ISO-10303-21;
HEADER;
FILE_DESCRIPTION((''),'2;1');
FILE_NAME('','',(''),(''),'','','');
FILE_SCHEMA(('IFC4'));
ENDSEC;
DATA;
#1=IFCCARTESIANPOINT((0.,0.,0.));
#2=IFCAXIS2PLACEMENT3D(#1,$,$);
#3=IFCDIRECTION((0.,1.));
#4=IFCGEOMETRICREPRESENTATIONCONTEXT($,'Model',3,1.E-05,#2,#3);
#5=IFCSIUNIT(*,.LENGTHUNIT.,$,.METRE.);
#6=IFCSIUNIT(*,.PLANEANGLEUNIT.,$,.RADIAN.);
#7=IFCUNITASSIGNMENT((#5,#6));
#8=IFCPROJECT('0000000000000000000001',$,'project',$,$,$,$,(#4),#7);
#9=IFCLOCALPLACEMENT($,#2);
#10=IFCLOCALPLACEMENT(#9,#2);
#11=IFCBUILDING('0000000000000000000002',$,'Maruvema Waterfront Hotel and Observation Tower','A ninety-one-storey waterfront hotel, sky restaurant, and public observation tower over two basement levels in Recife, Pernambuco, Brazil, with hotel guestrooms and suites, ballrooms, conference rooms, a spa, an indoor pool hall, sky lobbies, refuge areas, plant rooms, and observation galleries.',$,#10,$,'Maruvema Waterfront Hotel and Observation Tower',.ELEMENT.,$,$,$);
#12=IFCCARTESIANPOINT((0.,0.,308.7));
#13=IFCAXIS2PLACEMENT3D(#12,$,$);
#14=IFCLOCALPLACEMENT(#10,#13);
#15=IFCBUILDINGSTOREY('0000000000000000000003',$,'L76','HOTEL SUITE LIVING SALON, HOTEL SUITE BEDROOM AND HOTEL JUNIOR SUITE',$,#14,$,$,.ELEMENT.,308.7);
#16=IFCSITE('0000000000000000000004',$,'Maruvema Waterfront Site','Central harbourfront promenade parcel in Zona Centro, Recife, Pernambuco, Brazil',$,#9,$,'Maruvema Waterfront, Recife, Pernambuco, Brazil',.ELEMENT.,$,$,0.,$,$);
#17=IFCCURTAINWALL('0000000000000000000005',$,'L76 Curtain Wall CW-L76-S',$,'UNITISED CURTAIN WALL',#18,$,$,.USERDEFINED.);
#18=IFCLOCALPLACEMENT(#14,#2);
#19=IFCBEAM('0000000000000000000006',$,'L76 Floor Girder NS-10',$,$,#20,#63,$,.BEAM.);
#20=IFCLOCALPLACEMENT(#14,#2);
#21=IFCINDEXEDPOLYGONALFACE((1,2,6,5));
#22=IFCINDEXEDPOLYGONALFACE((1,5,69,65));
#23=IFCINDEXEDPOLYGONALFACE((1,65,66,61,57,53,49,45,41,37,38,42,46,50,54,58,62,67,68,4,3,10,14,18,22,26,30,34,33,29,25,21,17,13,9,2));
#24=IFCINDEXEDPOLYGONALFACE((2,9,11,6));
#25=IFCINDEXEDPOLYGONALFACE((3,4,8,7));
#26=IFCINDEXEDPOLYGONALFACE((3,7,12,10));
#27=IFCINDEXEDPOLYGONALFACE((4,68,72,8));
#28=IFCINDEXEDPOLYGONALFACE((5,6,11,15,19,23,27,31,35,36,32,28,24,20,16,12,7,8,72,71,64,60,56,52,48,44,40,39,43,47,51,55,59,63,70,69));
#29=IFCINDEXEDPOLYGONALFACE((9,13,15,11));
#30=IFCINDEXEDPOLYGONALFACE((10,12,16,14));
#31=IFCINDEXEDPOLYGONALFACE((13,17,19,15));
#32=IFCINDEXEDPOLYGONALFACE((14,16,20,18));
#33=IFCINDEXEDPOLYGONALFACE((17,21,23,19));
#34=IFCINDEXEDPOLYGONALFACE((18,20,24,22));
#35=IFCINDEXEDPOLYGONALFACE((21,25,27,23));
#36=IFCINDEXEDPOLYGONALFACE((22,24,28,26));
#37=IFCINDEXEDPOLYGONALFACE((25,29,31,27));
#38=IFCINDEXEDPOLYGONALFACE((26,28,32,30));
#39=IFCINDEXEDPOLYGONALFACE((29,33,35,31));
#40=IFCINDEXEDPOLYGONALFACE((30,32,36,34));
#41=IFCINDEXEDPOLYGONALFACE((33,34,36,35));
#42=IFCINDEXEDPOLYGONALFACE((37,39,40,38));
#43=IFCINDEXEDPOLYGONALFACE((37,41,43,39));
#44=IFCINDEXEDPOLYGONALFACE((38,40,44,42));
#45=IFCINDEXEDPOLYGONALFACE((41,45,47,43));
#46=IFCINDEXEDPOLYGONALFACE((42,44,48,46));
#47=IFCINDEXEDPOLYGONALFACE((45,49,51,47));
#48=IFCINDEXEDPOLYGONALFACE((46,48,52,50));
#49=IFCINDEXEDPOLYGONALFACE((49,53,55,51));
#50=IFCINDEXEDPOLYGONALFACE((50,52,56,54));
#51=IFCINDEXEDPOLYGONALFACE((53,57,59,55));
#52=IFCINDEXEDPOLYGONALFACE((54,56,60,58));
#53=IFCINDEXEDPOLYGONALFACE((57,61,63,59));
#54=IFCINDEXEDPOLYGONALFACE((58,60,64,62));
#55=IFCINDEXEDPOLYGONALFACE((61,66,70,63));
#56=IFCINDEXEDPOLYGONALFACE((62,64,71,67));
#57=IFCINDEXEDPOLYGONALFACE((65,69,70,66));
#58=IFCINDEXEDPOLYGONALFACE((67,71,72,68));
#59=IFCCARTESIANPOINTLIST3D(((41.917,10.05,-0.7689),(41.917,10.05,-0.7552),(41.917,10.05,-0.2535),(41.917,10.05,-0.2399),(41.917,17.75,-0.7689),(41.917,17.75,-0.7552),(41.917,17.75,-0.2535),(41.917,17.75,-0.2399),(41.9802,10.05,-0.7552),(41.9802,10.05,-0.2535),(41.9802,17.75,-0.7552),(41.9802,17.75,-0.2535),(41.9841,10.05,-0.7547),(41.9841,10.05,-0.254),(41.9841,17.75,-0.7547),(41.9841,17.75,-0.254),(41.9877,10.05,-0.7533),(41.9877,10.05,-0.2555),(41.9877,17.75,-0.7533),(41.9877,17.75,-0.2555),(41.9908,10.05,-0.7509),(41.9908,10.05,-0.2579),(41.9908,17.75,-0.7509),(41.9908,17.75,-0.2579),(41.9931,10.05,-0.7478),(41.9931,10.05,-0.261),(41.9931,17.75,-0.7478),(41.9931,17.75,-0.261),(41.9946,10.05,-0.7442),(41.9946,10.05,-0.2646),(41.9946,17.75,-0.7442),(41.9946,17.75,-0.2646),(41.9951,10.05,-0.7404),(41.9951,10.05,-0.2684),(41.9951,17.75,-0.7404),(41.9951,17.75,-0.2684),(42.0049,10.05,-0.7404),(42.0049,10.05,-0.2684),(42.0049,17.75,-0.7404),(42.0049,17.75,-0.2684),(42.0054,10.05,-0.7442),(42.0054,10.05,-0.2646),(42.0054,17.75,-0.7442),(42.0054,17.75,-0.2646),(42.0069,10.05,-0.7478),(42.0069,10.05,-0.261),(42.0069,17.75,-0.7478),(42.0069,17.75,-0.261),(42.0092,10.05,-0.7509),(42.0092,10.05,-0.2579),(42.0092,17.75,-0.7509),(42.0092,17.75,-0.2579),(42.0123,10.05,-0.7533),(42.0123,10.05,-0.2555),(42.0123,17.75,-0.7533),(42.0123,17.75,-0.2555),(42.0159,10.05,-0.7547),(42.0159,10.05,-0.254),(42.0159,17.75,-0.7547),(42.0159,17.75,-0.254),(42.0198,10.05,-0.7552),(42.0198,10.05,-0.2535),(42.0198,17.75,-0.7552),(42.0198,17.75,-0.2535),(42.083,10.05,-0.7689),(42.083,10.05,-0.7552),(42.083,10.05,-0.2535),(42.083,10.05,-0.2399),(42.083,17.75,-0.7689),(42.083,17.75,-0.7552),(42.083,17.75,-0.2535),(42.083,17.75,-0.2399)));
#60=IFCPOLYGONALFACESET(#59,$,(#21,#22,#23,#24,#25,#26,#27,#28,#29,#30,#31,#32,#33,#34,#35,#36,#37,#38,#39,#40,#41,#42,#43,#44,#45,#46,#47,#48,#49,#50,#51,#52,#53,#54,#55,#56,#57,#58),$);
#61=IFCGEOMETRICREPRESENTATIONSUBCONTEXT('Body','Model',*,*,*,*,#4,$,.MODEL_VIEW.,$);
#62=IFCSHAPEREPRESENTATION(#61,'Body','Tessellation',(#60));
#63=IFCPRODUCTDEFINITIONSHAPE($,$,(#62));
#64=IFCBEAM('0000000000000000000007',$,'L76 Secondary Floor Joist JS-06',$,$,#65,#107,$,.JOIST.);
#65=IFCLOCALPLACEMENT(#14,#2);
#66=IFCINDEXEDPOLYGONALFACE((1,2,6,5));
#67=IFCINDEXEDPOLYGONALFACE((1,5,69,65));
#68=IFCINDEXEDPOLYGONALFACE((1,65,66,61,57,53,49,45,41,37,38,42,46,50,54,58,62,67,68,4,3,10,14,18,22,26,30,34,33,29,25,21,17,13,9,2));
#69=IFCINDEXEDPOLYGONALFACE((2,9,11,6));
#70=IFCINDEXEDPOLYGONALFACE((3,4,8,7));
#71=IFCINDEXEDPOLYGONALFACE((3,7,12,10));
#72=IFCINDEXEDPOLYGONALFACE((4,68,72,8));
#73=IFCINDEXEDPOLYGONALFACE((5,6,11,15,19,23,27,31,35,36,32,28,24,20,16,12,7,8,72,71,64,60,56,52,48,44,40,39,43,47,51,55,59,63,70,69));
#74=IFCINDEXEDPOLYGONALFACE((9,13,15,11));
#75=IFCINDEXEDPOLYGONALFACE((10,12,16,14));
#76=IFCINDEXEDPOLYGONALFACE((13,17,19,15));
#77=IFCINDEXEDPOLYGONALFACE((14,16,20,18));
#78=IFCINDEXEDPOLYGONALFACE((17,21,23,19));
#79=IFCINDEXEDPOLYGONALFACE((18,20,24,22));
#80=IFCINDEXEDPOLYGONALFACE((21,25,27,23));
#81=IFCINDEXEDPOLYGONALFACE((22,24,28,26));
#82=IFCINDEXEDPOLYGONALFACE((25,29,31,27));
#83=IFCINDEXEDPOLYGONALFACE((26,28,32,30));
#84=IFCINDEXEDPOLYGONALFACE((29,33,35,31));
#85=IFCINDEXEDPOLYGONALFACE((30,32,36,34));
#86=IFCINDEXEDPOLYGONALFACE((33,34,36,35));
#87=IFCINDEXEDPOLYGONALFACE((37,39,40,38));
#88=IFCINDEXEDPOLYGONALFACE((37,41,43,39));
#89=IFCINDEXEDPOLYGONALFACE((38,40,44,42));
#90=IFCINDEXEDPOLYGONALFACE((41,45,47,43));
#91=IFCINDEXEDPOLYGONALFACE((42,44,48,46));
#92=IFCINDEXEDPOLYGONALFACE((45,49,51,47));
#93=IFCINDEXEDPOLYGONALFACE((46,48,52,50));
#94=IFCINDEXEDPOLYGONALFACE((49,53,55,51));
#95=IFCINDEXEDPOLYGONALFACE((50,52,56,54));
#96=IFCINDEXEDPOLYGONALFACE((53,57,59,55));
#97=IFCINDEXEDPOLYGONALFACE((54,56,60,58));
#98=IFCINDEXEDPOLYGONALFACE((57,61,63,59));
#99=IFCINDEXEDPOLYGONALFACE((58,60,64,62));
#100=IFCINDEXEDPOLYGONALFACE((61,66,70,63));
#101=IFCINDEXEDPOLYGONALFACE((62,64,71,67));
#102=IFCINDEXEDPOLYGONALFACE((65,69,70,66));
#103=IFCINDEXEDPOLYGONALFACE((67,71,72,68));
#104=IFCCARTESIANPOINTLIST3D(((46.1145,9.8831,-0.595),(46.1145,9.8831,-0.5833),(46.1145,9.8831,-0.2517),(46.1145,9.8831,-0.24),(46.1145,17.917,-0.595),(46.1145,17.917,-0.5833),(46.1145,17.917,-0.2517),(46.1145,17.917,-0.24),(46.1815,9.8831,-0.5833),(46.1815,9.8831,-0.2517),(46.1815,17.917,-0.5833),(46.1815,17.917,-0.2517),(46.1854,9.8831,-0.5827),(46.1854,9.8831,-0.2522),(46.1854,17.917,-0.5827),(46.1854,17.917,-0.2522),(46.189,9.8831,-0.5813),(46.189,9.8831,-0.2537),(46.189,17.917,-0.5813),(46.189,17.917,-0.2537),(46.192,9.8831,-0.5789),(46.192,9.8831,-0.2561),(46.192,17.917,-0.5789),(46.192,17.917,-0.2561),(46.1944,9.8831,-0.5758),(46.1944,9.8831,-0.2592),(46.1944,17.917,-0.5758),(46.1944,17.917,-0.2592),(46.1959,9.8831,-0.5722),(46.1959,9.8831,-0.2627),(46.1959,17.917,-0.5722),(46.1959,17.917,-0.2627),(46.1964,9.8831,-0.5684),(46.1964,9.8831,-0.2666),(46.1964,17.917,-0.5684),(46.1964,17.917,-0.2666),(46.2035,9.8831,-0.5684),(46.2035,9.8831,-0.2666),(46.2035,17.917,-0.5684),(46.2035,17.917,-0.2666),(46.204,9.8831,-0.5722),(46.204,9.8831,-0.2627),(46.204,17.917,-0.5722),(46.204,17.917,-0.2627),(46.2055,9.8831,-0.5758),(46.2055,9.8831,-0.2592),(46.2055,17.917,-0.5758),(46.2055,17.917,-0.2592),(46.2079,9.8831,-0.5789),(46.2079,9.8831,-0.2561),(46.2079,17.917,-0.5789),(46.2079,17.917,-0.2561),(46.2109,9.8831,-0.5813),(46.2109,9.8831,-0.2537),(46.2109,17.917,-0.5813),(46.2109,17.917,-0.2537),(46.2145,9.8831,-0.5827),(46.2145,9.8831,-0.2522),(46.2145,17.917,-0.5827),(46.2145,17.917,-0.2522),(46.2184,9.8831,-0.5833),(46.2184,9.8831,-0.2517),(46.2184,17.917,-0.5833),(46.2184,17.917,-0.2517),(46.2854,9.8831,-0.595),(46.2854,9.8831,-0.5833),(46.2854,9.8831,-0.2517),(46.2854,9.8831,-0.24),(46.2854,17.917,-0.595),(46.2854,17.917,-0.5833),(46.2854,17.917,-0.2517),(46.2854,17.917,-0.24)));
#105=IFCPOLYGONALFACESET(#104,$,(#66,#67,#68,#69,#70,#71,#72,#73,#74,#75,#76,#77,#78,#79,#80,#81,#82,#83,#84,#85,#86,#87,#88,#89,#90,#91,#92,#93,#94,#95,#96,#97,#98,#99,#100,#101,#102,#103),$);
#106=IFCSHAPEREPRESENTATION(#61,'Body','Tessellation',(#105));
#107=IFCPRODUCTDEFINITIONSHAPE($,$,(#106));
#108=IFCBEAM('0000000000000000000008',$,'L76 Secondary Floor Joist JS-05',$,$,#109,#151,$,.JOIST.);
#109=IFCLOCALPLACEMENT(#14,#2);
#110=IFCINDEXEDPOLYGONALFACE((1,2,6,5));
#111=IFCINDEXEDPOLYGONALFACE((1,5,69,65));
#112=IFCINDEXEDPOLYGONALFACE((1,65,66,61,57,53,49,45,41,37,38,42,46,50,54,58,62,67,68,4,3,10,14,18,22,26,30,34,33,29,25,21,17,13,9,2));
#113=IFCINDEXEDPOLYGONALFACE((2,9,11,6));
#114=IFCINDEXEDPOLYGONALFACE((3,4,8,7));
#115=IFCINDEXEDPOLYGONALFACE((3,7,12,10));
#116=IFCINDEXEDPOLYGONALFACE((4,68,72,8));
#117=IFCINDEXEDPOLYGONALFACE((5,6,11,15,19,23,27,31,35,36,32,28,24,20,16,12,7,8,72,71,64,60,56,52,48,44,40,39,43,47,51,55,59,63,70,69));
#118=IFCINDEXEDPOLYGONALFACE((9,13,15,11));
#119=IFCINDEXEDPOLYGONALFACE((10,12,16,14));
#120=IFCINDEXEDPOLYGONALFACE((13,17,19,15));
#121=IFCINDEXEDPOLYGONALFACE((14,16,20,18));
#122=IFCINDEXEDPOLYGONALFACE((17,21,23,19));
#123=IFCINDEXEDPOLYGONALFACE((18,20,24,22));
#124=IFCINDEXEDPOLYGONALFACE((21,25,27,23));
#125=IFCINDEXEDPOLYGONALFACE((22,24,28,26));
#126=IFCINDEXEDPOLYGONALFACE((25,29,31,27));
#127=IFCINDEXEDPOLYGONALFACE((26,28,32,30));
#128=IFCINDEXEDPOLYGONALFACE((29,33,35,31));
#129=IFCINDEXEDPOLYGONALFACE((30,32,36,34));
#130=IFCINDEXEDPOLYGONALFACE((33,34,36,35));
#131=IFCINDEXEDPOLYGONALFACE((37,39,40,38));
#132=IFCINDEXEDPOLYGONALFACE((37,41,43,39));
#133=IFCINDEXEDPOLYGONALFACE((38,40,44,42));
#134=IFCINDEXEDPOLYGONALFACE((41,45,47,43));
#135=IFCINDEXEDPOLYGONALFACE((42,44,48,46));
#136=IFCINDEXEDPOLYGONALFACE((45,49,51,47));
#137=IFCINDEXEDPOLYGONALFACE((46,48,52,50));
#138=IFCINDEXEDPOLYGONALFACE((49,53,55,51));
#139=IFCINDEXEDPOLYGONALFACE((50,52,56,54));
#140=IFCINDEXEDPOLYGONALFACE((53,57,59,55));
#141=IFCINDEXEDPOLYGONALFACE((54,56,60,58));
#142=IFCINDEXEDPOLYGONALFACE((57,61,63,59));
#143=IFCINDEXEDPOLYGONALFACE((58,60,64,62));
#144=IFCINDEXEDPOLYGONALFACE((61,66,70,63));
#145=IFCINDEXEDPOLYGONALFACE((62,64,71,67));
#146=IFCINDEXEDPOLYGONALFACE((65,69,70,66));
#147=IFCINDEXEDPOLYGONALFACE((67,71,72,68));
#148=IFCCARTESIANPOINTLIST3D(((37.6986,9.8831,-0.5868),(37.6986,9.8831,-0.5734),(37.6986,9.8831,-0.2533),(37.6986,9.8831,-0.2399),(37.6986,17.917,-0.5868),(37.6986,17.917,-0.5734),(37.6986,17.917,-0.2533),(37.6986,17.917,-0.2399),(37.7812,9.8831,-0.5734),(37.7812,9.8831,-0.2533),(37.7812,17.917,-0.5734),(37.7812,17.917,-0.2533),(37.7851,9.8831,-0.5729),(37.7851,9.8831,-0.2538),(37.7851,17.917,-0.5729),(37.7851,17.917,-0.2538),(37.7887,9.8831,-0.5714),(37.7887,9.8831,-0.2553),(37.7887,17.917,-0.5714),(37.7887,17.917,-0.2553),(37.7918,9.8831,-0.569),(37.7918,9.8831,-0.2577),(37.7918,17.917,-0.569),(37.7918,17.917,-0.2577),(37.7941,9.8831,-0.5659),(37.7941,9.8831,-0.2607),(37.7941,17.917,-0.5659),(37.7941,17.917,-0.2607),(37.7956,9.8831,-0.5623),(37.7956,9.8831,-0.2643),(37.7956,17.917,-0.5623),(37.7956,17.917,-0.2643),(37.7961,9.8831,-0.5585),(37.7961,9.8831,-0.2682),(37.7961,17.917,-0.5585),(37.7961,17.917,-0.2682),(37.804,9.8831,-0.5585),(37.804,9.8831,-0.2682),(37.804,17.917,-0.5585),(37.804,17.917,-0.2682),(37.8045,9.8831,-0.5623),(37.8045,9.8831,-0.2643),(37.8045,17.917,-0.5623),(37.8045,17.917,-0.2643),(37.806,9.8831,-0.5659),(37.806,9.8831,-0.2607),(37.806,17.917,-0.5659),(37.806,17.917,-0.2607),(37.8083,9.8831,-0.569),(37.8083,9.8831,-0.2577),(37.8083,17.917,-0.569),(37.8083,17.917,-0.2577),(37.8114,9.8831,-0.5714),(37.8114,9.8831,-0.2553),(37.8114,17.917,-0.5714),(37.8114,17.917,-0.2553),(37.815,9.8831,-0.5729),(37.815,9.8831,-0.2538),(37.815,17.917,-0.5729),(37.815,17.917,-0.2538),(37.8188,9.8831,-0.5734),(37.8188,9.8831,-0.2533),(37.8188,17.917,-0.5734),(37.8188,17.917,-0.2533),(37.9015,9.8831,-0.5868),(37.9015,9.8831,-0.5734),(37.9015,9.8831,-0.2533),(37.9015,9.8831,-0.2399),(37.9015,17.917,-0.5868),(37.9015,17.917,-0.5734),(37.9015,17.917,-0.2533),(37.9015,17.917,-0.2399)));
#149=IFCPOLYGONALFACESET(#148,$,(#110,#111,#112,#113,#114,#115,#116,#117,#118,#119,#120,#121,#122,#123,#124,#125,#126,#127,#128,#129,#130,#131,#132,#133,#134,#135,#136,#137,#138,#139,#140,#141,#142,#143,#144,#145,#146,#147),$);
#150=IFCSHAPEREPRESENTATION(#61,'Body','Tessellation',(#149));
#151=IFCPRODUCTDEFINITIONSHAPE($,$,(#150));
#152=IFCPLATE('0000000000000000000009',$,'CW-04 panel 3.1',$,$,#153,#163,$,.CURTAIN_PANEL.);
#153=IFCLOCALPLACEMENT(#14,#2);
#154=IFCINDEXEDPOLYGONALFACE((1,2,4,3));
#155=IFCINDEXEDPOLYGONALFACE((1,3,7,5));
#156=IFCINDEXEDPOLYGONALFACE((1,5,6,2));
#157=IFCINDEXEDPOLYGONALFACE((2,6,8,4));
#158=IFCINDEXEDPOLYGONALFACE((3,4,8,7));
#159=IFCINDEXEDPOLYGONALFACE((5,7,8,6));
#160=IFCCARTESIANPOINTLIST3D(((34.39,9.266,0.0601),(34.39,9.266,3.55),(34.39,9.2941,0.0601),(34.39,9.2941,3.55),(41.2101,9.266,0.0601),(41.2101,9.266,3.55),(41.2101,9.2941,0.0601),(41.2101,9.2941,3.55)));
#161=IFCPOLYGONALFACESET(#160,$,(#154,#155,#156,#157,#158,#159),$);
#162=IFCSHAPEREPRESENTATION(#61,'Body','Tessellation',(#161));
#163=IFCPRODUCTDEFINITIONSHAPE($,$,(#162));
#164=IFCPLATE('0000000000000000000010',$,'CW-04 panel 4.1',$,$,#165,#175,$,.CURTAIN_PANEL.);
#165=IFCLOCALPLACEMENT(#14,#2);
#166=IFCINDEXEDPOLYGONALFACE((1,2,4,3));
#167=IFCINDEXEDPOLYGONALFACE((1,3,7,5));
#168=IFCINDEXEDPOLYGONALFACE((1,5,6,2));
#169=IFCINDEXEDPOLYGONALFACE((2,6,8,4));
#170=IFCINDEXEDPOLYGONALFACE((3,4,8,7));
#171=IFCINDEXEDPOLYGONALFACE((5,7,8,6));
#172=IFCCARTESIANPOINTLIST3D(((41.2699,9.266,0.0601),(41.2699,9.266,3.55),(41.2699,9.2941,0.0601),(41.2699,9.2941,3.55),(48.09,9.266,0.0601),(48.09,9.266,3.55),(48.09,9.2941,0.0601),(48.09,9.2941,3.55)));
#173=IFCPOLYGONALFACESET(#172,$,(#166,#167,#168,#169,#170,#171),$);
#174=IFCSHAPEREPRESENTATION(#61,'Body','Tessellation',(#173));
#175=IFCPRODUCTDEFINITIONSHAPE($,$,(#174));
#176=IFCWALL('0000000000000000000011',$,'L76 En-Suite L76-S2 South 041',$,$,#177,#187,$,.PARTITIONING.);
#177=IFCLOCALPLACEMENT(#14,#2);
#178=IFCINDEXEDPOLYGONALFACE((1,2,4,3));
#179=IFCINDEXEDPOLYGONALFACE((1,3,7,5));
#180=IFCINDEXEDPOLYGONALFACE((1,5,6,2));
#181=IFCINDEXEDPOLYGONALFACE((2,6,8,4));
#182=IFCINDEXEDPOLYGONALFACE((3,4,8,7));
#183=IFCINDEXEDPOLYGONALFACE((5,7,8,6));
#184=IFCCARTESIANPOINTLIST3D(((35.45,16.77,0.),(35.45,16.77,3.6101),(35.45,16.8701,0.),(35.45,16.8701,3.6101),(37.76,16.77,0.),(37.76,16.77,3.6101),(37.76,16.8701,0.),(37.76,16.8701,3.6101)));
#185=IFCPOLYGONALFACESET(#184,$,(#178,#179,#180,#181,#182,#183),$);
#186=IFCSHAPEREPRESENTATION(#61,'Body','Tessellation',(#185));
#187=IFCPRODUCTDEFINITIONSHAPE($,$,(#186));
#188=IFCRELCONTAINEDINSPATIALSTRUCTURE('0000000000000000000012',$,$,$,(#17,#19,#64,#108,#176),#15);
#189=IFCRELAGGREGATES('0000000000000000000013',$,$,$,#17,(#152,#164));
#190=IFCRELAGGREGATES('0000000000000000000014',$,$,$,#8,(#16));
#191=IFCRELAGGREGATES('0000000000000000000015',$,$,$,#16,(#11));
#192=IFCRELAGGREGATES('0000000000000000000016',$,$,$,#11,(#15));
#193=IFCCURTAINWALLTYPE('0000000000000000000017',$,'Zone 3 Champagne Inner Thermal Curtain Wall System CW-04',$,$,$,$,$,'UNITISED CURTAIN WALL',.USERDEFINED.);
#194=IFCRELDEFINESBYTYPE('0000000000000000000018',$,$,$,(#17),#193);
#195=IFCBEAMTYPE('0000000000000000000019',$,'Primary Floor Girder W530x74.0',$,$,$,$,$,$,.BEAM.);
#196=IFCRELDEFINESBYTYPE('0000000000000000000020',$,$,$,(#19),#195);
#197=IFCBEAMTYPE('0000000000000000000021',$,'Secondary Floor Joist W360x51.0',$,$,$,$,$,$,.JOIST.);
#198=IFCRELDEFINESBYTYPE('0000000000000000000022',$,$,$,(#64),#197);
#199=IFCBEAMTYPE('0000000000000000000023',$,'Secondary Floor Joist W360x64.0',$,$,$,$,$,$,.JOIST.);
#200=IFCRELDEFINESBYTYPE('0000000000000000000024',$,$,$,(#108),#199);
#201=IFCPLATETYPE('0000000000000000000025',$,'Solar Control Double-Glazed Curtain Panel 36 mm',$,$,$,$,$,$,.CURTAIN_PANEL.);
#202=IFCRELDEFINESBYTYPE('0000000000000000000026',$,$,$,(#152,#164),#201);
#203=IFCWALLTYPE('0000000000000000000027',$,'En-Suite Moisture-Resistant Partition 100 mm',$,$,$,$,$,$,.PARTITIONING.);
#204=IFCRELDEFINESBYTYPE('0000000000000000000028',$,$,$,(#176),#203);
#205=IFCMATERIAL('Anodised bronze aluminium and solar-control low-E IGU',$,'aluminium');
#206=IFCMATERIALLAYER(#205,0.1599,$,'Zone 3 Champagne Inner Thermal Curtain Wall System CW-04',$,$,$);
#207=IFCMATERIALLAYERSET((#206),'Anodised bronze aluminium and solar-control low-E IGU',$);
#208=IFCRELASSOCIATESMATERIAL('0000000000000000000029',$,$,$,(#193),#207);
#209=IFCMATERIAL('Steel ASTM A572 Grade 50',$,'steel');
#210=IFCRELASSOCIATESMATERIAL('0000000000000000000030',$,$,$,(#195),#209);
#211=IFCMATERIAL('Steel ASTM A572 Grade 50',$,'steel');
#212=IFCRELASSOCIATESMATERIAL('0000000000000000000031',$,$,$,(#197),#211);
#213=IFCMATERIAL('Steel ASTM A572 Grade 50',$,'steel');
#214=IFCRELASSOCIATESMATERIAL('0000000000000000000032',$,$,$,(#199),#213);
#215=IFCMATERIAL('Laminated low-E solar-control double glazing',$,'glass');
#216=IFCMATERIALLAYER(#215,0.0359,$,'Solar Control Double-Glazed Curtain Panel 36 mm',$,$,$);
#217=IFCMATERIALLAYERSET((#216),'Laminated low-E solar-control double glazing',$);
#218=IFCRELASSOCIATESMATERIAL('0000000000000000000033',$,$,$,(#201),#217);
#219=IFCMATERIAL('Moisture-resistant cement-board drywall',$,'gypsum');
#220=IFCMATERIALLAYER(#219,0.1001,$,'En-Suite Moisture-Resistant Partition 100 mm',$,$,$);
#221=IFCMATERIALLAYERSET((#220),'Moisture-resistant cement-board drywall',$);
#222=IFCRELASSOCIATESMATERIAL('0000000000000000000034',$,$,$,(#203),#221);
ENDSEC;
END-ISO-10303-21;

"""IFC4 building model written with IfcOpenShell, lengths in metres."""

from ifc_helpers import new_model, si_unit, direction, frame, frame_2d, origin, origin_2d, place, context, subcontext, project, spatial, rectangle, i_section, extrude, material, layer, layer_set, material_profile, profile_set, type_object, element, aggregate, save


model = new_model("IFC4")

# Units and contexts
model_context = context("Model", 3, precision=1e-05, world=origin(), true_north=direction((0.0, 1.0)))
body_context = subcontext(model_context, "Body", "Model", "MODEL_VIEW")
ifc_project = project(units=[si_unit("LENGTHUNIT", "METRE"), si_unit("PLANEANGLEUNIT", "RADIAN")], contexts=[model_context])

# Site, building, storey
site_placement = place(None, origin())
site = spatial("IfcSite", under=ifc_project, at=site_placement, Name="Maruvema Waterfront Site", Description="Central harbourfront promenade parcel in Zona Centro, Recife, Pernambuco, Brazil", LongName="Maruvema Waterfront, Recife, Pernambuco, Brazil", CompositionType="ELEMENT", RefElevation=0.0)
building_placement = place(site_placement, origin())
building = spatial("IfcBuilding", under=site, at=building_placement, Name="Maruvema Waterfront Hotel and Observation Tower", Description="A ninety-one-storey waterfront hotel, sky restaurant, and public observation tower over two basement levels in Recife, Pernambuco, Brazil, with hotel guestrooms and suites, ballrooms, conference rooms, a spa, an indoor pool hall, sky lobbies, refuge areas, plant rooms, and observation galleries.", LongName="Maruvema Waterfront Hotel and Observation Tower", CompositionType="ELEMENT")
storey_placement = place(building_placement, frame((0.0, 0.0, 308.7)))
storey = spatial("IfcBuildingStorey", under=building, at=storey_placement, Name="L76", Description="HOTEL SUITE LIVING SALON, HOTEL SUITE BEDROOM AND HOTEL JUNIOR SUITE", CompositionType="ELEMENT", Elevation=308.7)

# Curtain wall
ifc_material_1 = material(Name="Anodised bronze aluminium and solar-control low-E IGU", Category="aluminium")
ifc_layer_1 = layer(ifc_material_1, 0.1599, Name="Zone 3 Champagne Inner Thermal Curtain Wall System CW-04")
ifc_layer_set_1 = layer_set([ifc_layer_1], Name="Anodised bronze aluminium and solar-control low-E IGU")
curtain_wall_type = type_object("IfcCurtainWallType", Name="Zone 3 Champagne Inner Thermal Curtain Wall System CW-04", ElementType="UNITISED CURTAIN WALL", PredefinedType="USERDEFINED", material=ifc_layer_set_1)
curtain_wall_placement = place(storey_placement, origin())
curtain_wall = element("IfcCurtainWall", 1, at=curtain_wall_placement, inside=storey, type_object=curtain_wall_type, Name="L76 Curtain Wall CW-L76-S", ObjectType="UNITISED CURTAIN WALL", PredefinedType="USERDEFINED")

# Beams
ifc_material_2 = material(Name="Steel ASTM A572 Grade 50", Category="steel")
ifc_material_profile_1 = material_profile(ifc_material_2, i_section(OverallWidth=0.166, OverallDepth=0.5291, WebThickness=0.0098, FlangeThickness=0.0137, FilletRadius=0.0149, at=origin_2d()), Name="W530x74.0")
ifc_profile_set_1 = profile_set([ifc_material_profile_1], Name="Steel ASTM A572 Grade 50")
beam_type_1 = type_object("IfcBeamType", Name="Primary Floor Girder W530x74.0", PredefinedType="BEAM", material=ifc_profile_set_1)
beam_1_placement = place(storey_placement, frame((42.0, 10.05, -0.5044), z_axis=(0.0, 1.0, 0.0), x_axis=(-1.0, 0.0, 0.0)))
element("IfcBeam", 2, at=beam_1_placement, inside=storey, type_object=beam_type_1, Name="L76 Floor Girder NS-10", PredefinedType="BEAM", context=body_context, shape_type="SweptSolid", body=[
    extrude(i_section(OverallWidth=0.166, OverallDepth=0.5291, WebThickness=0.0098, FlangeThickness=0.0137, FilletRadius=0.0149, at=origin_2d()), origin(), (0.0, 0.0, 1.0), 7.7),
])
ifc_material_3 = material(Name="Steel ASTM A572 Grade 50", Category="steel")
ifc_material_profile_2 = material_profile(ifc_material_3, i_section(OverallWidth=0.1709, OverallDepth=0.355, WebThickness=0.0071, FlangeThickness=0.0117, FilletRadius=0.0149, at=origin_2d()), Name="W360x51.0")
ifc_profile_set_2 = profile_set([ifc_material_profile_2], Name="Steel ASTM A572 Grade 50")
beam_type_2 = type_object("IfcBeamType", Name="Secondary Floor Joist W360x51.0", PredefinedType="JOIST", material=ifc_profile_set_2)
beam_2_placement = place(storey_placement, frame((46.2, 9.8831, -0.4175), z_axis=(0.0, 1.0, 0.0), x_axis=(-1.0, 0.0, 0.0)))
element("IfcBeam", 3, at=beam_2_placement, inside=storey, type_object=beam_type_2, Name="L76 Secondary Floor Joist JS-06", PredefinedType="JOIST", context=body_context, shape_type="SweptSolid", body=[
    extrude(i_section(OverallWidth=0.1709, OverallDepth=0.355, WebThickness=0.0071, FlangeThickness=0.0117, FilletRadius=0.0149, at=origin_2d()), origin(), (0.0, 0.0, 1.0), 8.0339),
])
ifc_material_4 = material(Name="Steel ASTM A572 Grade 50", Category="steel")
ifc_material_profile_3 = material_profile(ifc_material_4, i_section(OverallWidth=0.2029, OverallDepth=0.3469, WebThickness=0.0078, FlangeThickness=0.0134, FilletRadius=0.0149, at=origin_2d()), Name="W360x64.0")
ifc_profile_set_3 = profile_set([ifc_material_profile_3], Name="Steel ASTM A572 Grade 50")
beam_type_3 = type_object("IfcBeamType", Name="Secondary Floor Joist W360x64.0", PredefinedType="JOIST", material=ifc_profile_set_3)
beam_3_placement = place(storey_placement, frame((37.8, 9.8831, -0.4133), z_axis=(0.0, 1.0, 0.0), x_axis=(-1.0, 0.0, 0.0)))
element("IfcBeam", 4, at=beam_3_placement, inside=storey, type_object=beam_type_3, Name="L76 Secondary Floor Joist JS-05", PredefinedType="JOIST", context=body_context, shape_type="SweptSolid", body=[
    extrude(i_section(OverallWidth=0.2029, OverallDepth=0.3469, WebThickness=0.0078, FlangeThickness=0.0134, FilletRadius=0.0149, at=origin_2d()), origin(), (0.0, 0.0, 1.0), 8.0339),
])

# Plates
ifc_material_5 = material(Name="Laminated low-E solar-control double glazing", Category="glass")
ifc_layer_2 = layer(ifc_material_5, 0.0359, Name="Solar Control Double-Glazed Curtain Panel 36 mm")
ifc_layer_set_2 = layer_set([ifc_layer_2], Name="Laminated low-E solar-control double glazing")
plate_type = type_object("IfcPlateType", Name="Solar Control Double-Glazed Curtain Panel 36 mm", PredefinedType="CURTAIN_PANEL", material=ifc_layer_set_2)
plate_1_placement = place(storey_placement, frame((37.8, 9.28, 0.0601), z_axis=(0.0, 0.0, 1.0), x_axis=(1.0, 0.0, 0.0)))
plate_1 = element("IfcPlate", 5, at=plate_1_placement, type_object=plate_type, Name="CW-04 panel 3.1", PredefinedType="CURTAIN_PANEL", context=body_context, shape_type="SweptSolid", body=[
    extrude(rectangle(XDim=6.8201, YDim=0.0281, at=origin_2d()), origin(), (0.0, 0.0, 1.0), 3.49),
])
plate_2_placement = place(storey_placement, frame((44.6799, 9.28, 0.0601), z_axis=(0.0, 0.0, 1.0), x_axis=(1.0, 0.0, 0.0)))
plate_2 = element("IfcPlate", 6, at=plate_2_placement, type_object=plate_type, Name="CW-04 panel 4.1", PredefinedType="CURTAIN_PANEL", context=body_context, shape_type="SweptSolid", body=[
    extrude(rectangle(XDim=6.8201, YDim=0.0281, at=origin_2d()), origin(), (0.0, 0.0, 1.0), 3.49),
])
aggregate(curtain_wall, [plate_1, plate_2])

# Wall
ifc_material_6 = material(Name="Moisture-resistant cement-board drywall", Category="gypsum")
ifc_layer_3 = layer(ifc_material_6, 0.1001, Name="En-Suite Moisture-Resistant Partition 100 mm")
ifc_layer_set_3 = layer_set([ifc_layer_3], Name="Moisture-resistant cement-board drywall")
wall_type_1 = type_object("IfcWallType", Name="En-Suite Moisture-Resistant Partition 100 mm", PredefinedType="PARTITIONING", material=ifc_layer_set_3)
wall_1_placement = place(storey_placement, frame((35.45, 16.8201, 0.0), z_axis=(0.0, 0.0, 1.0), x_axis=(1.0, 0.0, 0.0)))
element("IfcWall", 7, at=wall_1_placement, inside=storey, type_object=wall_type_1, Name="L76 En-Suite L76-S2 South 041", PredefinedType="PARTITIONING", context=body_context, shape_type="SweptSolid", body=[
    extrude(rectangle(XDim=2.3101, YDim=0.1001, at=frame_2d((1.155, 0.0))), origin(), (0.0, 0.0, 1.0), 3.6101),
])

save(model, "model.ifc")
